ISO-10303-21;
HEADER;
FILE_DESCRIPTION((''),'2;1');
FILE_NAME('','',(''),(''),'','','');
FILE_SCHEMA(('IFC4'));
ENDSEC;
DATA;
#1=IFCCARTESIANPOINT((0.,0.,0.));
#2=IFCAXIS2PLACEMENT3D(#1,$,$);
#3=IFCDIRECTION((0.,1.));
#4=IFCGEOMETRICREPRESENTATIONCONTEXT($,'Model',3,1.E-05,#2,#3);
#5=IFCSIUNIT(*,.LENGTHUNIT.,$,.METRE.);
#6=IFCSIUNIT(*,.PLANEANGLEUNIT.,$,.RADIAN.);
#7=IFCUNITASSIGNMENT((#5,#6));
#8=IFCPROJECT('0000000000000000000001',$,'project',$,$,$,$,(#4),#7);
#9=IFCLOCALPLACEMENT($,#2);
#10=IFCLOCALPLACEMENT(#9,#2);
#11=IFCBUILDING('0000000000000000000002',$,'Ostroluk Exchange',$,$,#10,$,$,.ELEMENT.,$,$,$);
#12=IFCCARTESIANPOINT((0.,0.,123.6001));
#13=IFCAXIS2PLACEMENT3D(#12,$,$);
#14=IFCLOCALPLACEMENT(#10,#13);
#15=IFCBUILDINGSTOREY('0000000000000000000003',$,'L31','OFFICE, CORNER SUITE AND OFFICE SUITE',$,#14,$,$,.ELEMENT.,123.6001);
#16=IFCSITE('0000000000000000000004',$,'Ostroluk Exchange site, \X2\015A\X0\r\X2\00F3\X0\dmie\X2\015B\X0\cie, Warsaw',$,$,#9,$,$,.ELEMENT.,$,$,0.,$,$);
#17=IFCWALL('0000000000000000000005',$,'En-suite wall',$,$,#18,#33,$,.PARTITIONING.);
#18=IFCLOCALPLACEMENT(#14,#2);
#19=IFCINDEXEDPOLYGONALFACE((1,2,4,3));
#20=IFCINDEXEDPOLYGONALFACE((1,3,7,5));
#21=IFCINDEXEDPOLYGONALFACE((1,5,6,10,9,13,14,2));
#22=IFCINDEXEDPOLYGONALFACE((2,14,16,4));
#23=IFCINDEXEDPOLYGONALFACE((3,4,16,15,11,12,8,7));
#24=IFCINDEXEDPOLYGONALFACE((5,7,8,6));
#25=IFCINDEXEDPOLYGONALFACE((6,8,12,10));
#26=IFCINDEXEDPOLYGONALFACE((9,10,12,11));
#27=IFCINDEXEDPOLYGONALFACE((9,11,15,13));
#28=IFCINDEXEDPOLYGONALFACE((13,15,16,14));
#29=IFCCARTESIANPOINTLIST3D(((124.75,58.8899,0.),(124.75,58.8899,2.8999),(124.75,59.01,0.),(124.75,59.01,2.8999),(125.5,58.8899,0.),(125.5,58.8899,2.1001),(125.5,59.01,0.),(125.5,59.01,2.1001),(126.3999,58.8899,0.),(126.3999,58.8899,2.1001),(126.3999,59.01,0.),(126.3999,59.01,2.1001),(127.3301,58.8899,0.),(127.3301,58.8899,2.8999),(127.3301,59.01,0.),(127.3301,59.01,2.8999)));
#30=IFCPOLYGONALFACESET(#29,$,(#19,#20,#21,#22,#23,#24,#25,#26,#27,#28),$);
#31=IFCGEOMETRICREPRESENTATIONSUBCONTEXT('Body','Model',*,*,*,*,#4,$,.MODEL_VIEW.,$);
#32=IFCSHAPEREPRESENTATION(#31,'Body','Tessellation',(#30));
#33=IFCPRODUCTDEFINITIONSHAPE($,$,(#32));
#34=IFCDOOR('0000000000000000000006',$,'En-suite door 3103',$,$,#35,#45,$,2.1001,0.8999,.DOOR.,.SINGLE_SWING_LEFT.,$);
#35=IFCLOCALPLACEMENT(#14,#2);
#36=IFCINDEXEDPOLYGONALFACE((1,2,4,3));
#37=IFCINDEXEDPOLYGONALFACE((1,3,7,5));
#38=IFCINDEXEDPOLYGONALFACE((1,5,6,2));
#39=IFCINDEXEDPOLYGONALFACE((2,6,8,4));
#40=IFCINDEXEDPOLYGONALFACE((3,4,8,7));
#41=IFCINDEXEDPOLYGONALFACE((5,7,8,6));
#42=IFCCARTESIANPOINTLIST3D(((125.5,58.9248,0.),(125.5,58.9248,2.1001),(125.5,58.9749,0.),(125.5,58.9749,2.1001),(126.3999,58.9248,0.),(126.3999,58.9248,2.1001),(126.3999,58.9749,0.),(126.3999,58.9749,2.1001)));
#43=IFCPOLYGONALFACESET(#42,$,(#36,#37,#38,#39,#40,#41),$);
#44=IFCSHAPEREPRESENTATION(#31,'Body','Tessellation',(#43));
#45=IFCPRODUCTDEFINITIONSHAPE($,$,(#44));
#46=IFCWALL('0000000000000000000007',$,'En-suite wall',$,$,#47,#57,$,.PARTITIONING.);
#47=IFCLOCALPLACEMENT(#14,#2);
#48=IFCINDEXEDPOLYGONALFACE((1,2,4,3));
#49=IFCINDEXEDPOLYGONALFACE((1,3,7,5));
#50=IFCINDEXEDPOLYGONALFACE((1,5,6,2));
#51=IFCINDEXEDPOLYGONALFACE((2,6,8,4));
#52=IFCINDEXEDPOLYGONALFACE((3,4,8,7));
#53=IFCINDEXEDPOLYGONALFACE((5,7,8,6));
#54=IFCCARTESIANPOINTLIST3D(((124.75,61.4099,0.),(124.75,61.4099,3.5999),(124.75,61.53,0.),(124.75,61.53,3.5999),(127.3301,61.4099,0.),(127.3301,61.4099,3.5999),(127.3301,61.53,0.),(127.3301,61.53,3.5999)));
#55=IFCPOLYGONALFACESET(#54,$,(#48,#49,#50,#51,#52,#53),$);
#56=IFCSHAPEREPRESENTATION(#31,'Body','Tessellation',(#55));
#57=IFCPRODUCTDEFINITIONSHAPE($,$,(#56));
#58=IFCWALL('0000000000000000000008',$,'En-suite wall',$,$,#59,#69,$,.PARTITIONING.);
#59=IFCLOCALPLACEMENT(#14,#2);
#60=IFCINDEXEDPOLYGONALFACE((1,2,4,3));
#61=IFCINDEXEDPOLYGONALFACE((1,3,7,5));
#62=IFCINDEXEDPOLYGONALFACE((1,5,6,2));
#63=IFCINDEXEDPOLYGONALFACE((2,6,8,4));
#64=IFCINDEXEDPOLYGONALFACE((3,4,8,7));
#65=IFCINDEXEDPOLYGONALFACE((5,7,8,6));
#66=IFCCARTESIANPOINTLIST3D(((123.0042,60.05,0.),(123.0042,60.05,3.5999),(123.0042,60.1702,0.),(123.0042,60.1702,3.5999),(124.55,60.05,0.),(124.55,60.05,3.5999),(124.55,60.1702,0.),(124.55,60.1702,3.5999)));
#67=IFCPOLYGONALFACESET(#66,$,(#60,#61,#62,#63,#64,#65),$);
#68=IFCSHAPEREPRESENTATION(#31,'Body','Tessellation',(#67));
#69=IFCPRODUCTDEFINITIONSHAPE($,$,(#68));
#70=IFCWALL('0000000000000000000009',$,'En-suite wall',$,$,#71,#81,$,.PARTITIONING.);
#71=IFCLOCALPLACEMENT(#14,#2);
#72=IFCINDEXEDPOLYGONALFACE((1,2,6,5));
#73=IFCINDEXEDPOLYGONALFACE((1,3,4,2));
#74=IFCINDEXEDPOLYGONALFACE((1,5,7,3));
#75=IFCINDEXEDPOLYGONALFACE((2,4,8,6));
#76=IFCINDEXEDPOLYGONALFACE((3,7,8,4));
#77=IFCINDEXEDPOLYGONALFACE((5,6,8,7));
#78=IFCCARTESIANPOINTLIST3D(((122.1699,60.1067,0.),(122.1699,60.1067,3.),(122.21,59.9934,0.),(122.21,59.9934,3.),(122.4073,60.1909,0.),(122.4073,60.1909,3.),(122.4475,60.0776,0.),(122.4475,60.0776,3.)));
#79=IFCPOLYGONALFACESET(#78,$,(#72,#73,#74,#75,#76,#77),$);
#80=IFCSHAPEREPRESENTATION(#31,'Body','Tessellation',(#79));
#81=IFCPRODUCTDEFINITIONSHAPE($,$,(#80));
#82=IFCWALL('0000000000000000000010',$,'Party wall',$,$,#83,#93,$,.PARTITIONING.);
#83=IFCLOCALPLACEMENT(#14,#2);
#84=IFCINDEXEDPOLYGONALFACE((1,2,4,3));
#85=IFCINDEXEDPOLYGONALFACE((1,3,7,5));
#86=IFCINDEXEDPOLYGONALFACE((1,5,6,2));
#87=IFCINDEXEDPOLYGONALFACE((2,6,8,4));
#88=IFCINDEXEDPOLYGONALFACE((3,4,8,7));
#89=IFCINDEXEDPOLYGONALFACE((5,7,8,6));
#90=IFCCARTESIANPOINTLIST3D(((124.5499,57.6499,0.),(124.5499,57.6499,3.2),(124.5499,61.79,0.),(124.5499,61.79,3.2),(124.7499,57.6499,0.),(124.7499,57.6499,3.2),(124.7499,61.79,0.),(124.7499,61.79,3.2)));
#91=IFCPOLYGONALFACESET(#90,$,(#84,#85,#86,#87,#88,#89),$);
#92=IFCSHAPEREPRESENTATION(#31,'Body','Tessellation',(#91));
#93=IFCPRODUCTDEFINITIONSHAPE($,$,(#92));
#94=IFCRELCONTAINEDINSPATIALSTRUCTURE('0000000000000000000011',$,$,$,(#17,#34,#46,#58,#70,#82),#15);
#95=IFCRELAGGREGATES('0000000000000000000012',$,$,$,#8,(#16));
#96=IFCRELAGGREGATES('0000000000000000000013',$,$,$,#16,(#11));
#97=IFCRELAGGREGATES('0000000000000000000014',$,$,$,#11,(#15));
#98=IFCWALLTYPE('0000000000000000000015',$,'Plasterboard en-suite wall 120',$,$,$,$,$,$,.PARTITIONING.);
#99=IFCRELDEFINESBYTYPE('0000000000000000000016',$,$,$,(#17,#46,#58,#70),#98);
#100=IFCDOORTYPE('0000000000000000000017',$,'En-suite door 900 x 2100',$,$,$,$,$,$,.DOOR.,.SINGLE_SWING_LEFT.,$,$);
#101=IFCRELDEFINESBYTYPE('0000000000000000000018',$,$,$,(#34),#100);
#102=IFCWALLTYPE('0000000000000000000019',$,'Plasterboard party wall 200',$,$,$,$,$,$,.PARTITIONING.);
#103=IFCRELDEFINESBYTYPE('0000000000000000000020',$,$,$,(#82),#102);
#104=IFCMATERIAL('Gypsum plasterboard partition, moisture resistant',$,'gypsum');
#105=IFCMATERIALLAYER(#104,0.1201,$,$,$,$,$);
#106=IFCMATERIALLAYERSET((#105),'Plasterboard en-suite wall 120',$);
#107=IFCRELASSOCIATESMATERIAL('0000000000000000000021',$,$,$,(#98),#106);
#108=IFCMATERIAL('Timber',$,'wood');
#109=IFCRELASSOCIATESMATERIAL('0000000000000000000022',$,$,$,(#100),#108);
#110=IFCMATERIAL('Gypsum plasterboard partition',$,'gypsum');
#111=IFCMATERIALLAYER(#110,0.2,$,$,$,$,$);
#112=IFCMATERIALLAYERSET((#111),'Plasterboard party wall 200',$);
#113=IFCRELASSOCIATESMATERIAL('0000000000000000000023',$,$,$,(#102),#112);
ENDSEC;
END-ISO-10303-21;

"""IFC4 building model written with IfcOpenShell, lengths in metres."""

from ifc_helpers import new_model, si_unit, direction, frame, frame_2d, origin, place, context, subcontext, project, spatial, rectangle, extrude, material, layer, layer_set, type_object, element, fill, save


model = new_model("IFC4")

# Units and contexts
model_context = context("Model", 3, precision=1e-05, world=origin(), true_north=direction((0.0, 1.0)))
body_context = subcontext(model_context, "Body", "Model", "MODEL_VIEW")
ifc_project = project(units=[si_unit("LENGTHUNIT", "METRE"), si_unit("PLANEANGLEUNIT", "RADIAN")], contexts=[model_context])

# Site, building, storey
site_placement = place(None, origin())
site = spatial("IfcSite", under=ifc_project, at=site_placement, Name="Ostroluk Exchange site, Śródmieście, Warsaw", CompositionType="ELEMENT", RefElevation=0.0)
building_placement = place(site_placement, origin())
building = spatial("IfcBuilding", under=site, at=building_placement, Name="Ostroluk Exchange", CompositionType="ELEMENT")
storey_placement = place(building_placement, frame((0.0, 0.0, 123.6001)))
storey = spatial("IfcBuildingStorey", under=building, at=storey_placement, Name="L31", Description="OFFICE, CORNER SUITE AND OFFICE SUITE", CompositionType="ELEMENT", Elevation=123.6001)

# Wall, opening, door
ifc_material_1 = material(Name="Gypsum plasterboard partition, moisture resistant", Category="gypsum")
ifc_layer_1 = layer(ifc_material_1, 0.1201)
ifc_layer_set_1 = layer_set([ifc_layer_1], Name="Plasterboard en-suite wall 120")
wall_type_1 = type_object("IfcWallType", Name="Plasterboard en-suite wall 120", PredefinedType="PARTITIONING", material=ifc_layer_set_1)
wall_1_placement = place(storey_placement, frame((124.75, 58.95, 0.0), z_axis=(0.0, 0.0, 1.0), x_axis=(1.0, 0.0, 0.0)))
wall_1 = element("IfcWall", 1, at=wall_1_placement, inside=storey, type_object=wall_type_1, Name="En-suite wall", PredefinedType="PARTITIONING", context=body_context, shape_type="SweptSolid", body=[
    extrude(rectangle(XDim=2.5801, YDim=0.1201, at=frame_2d((1.29, 0.0))), origin(), (0.0, 0.0, 1.0), 2.8999),
])
opening_placement = place(wall_1_placement, frame((0.75, 0.0, 0.0)))
opening = element("IfcOpeningElement", 2, at=opening_placement, cuts=wall_1, PredefinedType="OPENING", context=body_context, shape_type="SweptSolid", body=[
    extrude(rectangle(XDim=0.8999, YDim=2.1001, at=frame_2d((0.45, 1.05))), frame((0.0, 0.0701, 0.0), z_axis=(0.0, -1.0, 0.0), x_axis=(1.0, 0.0, 0.0)), (0.0, 0.0, 1.0), 0.1401),
])
ifc_material_2 = material(Name="Timber", Category="wood")
door_type = type_object("IfcDoorType", Name="En-suite door 900 x 2100", OperationType="SINGLE_SWING_LEFT", PredefinedType="DOOR", material=ifc_material_2)
door_placement = place(opening_placement, origin())
door = element("IfcDoor", 3, at=door_placement, inside=storey, type_object=door_type, Name="En-suite door 3103", OperationType="SINGLE_SWING_LEFT", OverallHeight=2.1001, OverallWidth=0.8999, PredefinedType="DOOR", context=body_context, shape_type="SweptSolid", body=[
    extrude(rectangle(XDim=0.8999, YDim=2.1001, at=frame_2d((0.45, 1.05))), frame((0.0, 0.0249, 0.0), z_axis=(0.0, -1.0, 0.0), x_axis=(1.0, 0.0, 0.0)), (0.0, 0.0, 1.0), 0.05),
])
fill(opening, door)

# Walls
wall_2_placement = place(storey_placement, frame((124.75, 61.47, 0.0), z_axis=(0.0, 0.0, 1.0), x_axis=(1.0, 0.0, 0.0)))
element("IfcWall", 4, at=wall_2_placement, inside=storey, type_object=wall_type_1, Name="En-suite wall", PredefinedType="PARTITIONING", context=body_context, shape_type="SweptSolid", body=[
    extrude(rectangle(XDim=2.5801, YDim=0.1201, at=frame_2d((1.29, 0.0))), origin(), (0.0, 0.0, 1.0), 3.5999),
])
wall_3_placement = place(storey_placement, frame((124.55, 60.1101, 0.0), z_axis=(0.0, 0.0, 1.0), x_axis=(-1.0, 0.0, 0.0)))
element("IfcWall", 5, at=wall_3_placement, inside=storey, type_object=wall_type_1, Name="En-suite wall", PredefinedType="PARTITIONING", context=body_context, shape_type="SweptSolid", body=[
    extrude(rectangle(XDim=1.5459, YDim=0.1201, at=frame_2d((0.7729, 0.0))), origin(), (0.0, 0.0, 1.0), 3.5999),
])
wall_4_placement = place(storey_placement, frame((122.1899, 60.05, 0.0), z_axis=(0.0, 0.0, 1.0), x_axis=(0.942507, 0.334188, 0.0)))
element("IfcWall", 6, at=wall_4_placement, inside=storey, type_object=wall_type_1, Name="En-suite wall", PredefinedType="PARTITIONING", context=body_context, shape_type="SweptSolid", body=[
    extrude(rectangle(XDim=0.252, YDim=0.1201, at=frame_2d((0.126, 0.0))), origin(), (0.0, 0.0, 1.0), 3.0),
])
ifc_material_3 = material(Name="Gypsum plasterboard partition", Category="gypsum")
ifc_layer_2 = layer(ifc_material_3, 0.2)
ifc_layer_set_2 = layer_set([ifc_layer_2], Name="Plasterboard party wall 200")
wall_type_2 = type_object("IfcWallType", Name="Plasterboard party wall 200", PredefinedType="PARTITIONING", material=ifc_layer_set_2)
wall_5_placement = place(storey_placement, frame((124.6499, 57.6499, 0.0), z_axis=(0.0, 0.0, 1.0), x_axis=(0.0, 1.0, 0.0)))
element("IfcWall", 7, at=wall_5_placement, inside=storey, type_object=wall_type_2, Name="Party wall", PredefinedType="PARTITIONING", context=body_context, shape_type="SweptSolid", body=[
    extrude(rectangle(XDim=4.1401, YDim=0.2, at=frame_2d((2.0701, 0.0))), origin(), (0.0, 0.0, 1.0), 3.2),
])

save(model, "model.ifc")
